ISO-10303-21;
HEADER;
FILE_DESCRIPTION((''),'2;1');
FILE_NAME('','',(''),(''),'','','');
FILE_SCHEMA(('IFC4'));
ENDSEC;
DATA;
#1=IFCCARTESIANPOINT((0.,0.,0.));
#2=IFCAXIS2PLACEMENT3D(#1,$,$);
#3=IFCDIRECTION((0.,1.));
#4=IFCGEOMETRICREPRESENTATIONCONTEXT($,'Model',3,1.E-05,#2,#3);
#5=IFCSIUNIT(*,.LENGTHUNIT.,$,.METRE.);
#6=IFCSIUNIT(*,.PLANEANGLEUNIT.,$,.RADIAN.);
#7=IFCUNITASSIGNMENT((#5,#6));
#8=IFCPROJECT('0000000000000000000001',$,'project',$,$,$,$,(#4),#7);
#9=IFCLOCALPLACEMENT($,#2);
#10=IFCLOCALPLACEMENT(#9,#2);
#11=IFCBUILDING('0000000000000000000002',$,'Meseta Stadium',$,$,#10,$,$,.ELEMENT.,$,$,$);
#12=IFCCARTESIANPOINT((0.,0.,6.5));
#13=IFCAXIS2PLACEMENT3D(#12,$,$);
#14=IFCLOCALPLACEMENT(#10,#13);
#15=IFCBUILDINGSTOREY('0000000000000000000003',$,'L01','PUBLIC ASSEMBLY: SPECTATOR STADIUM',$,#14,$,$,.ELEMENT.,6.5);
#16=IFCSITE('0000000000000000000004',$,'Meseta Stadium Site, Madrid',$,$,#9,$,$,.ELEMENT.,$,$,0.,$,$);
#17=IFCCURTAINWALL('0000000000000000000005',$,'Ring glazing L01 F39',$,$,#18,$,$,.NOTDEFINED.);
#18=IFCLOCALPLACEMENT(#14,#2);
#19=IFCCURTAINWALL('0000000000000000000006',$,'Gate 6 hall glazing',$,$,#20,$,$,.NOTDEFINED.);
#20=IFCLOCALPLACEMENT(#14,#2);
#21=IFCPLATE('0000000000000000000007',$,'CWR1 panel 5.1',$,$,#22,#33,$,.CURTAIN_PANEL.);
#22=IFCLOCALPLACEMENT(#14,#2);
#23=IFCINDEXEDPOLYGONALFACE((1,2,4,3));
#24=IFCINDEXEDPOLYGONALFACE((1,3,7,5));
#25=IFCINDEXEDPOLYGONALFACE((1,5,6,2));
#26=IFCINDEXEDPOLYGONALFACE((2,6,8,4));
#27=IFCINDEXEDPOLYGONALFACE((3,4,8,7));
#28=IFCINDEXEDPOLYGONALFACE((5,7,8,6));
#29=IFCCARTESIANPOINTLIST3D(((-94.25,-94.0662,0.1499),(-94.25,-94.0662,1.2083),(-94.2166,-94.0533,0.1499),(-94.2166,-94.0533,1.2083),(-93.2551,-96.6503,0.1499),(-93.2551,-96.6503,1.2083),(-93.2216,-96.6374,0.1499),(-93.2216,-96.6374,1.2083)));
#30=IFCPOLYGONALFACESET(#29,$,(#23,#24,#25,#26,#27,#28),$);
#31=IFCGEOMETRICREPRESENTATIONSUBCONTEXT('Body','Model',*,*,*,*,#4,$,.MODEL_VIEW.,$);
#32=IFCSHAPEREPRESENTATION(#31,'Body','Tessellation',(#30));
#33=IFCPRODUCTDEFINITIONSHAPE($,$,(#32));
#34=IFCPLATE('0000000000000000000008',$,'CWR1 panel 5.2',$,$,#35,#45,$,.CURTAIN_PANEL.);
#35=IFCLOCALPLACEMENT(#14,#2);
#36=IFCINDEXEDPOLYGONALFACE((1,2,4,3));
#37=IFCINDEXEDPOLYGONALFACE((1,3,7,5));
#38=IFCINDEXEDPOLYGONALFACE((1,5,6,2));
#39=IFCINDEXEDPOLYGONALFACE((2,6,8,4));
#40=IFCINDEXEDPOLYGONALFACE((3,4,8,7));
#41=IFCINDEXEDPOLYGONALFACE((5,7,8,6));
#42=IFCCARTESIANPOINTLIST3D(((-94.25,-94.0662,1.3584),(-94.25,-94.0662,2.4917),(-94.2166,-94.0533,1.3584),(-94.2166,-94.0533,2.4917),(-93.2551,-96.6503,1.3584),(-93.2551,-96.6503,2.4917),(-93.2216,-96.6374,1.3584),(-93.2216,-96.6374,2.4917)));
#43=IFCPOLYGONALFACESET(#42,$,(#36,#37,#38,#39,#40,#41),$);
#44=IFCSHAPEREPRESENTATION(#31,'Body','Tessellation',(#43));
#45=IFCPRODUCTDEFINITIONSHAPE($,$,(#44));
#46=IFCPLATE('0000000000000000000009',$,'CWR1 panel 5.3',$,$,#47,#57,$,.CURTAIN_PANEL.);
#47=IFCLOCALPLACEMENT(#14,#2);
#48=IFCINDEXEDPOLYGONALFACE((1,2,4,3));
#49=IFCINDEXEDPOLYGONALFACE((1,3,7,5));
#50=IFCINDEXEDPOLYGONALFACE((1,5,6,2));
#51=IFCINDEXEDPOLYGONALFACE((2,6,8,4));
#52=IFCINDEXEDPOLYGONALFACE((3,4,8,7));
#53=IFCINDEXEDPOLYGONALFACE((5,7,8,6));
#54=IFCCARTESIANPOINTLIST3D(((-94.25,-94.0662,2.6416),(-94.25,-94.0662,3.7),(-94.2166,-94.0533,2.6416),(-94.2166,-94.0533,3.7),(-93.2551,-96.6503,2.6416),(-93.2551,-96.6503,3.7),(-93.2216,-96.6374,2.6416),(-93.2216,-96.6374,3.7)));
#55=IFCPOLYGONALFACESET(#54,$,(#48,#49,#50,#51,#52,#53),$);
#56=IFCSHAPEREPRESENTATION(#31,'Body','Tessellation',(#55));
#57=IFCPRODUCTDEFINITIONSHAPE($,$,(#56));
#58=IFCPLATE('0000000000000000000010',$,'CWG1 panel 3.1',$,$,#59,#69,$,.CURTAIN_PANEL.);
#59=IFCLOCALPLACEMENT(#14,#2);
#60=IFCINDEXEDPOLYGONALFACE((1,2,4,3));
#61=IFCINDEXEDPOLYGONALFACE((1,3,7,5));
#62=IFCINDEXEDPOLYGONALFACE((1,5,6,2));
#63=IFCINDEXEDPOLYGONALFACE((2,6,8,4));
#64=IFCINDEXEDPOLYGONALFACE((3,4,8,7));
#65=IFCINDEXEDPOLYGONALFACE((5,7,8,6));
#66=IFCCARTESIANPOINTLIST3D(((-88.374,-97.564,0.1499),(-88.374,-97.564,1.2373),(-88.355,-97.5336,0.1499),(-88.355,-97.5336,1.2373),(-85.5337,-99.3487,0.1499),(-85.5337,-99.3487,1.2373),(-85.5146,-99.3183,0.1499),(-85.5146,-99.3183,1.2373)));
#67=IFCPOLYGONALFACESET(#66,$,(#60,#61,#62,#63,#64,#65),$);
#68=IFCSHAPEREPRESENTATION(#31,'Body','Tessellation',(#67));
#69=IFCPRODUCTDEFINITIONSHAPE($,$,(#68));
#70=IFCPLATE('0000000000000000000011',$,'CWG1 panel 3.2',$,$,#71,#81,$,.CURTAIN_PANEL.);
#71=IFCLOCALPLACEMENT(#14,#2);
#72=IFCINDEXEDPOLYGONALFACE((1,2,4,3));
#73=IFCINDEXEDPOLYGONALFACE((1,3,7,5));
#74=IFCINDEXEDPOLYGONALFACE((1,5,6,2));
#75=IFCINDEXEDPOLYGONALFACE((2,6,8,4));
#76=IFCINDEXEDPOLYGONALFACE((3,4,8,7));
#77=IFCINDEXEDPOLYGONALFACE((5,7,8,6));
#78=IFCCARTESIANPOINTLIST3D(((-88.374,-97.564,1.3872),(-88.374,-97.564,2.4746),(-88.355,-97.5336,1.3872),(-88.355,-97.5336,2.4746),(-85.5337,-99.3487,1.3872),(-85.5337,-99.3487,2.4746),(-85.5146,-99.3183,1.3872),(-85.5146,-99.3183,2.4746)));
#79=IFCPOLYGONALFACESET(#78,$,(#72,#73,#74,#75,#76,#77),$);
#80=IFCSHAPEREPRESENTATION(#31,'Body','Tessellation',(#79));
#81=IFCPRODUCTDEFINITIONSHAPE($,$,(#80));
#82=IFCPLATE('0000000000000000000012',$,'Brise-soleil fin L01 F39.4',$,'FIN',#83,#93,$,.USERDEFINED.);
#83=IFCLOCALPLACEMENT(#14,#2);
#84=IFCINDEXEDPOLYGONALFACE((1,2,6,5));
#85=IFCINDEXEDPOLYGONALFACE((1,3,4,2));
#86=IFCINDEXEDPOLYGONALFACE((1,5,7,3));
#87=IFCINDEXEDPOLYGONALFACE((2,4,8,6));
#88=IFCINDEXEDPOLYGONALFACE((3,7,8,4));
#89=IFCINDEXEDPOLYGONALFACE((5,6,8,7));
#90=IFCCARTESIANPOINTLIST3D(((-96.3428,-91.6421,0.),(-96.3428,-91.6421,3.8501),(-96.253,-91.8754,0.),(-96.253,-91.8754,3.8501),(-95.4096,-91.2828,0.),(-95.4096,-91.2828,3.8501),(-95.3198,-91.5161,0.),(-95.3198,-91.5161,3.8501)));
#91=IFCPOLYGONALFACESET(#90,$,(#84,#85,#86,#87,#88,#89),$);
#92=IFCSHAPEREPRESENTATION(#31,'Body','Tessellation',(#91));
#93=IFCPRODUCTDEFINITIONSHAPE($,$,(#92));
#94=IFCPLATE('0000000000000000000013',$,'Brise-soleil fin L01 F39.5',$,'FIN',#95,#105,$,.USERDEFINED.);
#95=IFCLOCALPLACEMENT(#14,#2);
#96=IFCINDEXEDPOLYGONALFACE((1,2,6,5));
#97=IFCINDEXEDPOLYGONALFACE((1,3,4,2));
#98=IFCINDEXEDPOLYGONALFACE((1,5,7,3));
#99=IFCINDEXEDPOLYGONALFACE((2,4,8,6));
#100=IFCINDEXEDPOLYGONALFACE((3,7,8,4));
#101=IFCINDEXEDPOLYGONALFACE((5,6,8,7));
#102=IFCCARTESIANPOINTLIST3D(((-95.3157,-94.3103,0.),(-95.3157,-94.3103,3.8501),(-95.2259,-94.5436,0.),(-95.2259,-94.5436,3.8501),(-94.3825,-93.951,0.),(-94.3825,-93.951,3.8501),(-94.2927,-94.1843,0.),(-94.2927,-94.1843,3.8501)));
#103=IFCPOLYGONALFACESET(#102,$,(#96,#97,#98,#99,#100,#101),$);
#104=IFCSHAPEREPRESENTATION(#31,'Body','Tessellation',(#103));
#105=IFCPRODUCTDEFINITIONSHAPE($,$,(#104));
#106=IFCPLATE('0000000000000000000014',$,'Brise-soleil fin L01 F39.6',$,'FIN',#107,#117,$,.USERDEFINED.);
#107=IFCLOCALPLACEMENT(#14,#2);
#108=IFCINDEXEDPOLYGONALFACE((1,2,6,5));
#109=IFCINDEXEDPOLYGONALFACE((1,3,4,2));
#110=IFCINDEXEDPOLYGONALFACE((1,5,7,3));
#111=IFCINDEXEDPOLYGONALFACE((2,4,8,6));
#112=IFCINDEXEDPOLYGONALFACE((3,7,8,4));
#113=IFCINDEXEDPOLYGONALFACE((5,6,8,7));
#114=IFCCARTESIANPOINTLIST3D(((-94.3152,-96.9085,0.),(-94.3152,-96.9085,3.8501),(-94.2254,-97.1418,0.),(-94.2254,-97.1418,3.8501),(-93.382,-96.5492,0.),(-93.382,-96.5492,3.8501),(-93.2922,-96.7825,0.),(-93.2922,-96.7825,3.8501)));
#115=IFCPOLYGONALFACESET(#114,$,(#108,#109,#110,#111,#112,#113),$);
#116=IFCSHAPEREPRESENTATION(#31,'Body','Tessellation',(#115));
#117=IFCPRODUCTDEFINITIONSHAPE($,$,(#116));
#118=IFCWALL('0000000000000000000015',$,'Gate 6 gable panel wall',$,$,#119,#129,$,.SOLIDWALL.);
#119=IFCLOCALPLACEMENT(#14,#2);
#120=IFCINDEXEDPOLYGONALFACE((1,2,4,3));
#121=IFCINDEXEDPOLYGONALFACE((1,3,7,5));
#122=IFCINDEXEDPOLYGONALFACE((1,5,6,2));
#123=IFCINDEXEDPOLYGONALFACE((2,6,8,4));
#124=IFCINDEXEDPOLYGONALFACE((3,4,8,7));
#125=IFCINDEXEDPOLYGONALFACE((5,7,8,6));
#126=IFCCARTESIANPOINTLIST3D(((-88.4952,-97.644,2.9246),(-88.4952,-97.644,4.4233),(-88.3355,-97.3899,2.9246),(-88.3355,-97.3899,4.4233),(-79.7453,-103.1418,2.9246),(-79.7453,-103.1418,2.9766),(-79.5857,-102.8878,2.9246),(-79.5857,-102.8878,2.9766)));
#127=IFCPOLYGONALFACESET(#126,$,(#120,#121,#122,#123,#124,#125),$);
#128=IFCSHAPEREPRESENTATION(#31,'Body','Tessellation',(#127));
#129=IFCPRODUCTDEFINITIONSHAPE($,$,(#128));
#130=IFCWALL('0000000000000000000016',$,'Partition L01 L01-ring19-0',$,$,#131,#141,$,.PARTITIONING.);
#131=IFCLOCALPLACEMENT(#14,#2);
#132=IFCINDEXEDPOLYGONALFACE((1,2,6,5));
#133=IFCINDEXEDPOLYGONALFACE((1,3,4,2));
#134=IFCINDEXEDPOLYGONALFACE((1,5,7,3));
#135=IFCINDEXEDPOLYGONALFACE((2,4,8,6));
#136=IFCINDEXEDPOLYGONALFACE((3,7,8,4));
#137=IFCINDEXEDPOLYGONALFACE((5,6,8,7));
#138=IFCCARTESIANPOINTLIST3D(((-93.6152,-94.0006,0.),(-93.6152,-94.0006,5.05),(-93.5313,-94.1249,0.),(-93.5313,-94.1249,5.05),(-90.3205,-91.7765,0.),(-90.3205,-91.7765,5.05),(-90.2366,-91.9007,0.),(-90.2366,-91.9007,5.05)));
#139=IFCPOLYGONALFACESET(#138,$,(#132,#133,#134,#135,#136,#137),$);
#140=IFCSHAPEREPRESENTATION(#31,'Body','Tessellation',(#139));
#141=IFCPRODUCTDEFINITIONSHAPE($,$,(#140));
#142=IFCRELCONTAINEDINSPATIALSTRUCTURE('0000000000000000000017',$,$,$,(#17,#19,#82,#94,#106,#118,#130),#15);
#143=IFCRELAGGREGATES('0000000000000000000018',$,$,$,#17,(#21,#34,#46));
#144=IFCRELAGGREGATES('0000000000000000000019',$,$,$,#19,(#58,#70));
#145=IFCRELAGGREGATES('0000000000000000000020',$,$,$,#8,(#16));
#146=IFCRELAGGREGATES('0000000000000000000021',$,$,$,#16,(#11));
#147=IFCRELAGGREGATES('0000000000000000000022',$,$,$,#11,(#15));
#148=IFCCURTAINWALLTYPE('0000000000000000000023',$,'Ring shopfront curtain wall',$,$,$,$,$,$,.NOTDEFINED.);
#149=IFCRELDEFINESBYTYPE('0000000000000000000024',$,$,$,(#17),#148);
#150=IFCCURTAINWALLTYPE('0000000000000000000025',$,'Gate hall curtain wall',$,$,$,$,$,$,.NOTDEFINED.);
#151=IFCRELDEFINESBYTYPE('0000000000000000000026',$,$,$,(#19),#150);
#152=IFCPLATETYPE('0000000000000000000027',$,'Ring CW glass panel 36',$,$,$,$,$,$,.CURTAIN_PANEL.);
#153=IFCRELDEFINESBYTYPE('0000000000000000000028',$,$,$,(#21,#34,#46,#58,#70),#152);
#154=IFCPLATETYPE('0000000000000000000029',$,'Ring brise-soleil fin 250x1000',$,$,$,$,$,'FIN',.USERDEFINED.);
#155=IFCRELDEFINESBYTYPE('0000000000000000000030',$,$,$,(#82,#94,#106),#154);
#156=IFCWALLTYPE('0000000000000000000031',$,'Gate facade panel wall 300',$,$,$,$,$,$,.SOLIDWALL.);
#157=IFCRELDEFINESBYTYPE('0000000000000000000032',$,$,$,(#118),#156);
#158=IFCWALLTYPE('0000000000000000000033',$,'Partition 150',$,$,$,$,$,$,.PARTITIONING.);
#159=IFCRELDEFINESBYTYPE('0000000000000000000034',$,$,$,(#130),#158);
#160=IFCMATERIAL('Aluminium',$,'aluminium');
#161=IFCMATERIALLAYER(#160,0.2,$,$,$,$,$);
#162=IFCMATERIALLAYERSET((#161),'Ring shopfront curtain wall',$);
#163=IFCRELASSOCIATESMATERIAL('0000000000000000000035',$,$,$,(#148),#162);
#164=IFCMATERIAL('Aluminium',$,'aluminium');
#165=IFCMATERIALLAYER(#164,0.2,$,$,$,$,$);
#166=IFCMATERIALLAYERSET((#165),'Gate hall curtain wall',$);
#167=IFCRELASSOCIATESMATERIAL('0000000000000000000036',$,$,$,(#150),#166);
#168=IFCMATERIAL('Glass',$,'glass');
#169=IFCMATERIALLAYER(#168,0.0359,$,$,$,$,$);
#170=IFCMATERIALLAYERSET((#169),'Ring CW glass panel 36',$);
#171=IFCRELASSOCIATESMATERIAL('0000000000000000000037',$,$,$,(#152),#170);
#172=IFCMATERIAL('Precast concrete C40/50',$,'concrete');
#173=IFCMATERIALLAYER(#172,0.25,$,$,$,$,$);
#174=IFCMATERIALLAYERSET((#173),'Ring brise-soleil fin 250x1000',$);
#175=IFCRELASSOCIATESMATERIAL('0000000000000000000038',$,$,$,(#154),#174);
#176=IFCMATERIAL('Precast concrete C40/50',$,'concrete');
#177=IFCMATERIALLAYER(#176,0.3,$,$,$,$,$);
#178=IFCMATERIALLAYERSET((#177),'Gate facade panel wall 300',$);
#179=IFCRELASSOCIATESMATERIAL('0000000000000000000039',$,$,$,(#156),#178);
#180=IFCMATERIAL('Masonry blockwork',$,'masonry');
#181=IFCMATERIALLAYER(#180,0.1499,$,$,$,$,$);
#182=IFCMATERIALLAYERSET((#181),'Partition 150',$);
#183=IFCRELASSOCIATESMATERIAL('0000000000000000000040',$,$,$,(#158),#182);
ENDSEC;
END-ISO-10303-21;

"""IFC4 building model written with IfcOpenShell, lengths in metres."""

from ifc_helpers import new_model, si_unit, direction, frame, frame_2d, origin, origin_2d, place, context, subcontext, project, spatial, polyline, rectangle, outline, extrude, material, layer, layer_set, type_object, element, aggregate, save


model = new_model("IFC4")

# Units and contexts
model_context = context("Model", 3, precision=1e-05, world=origin(), true_north=direction((0.0, 1.0)))
body_context = subcontext(model_context, "Body", "Model", "MODEL_VIEW")
ifc_project = project(units=[si_unit("LENGTHUNIT", "METRE"), si_unit("PLANEANGLEUNIT", "RADIAN")], contexts=[model_context])

# Site, building, storey
site_placement = place(None, origin())
site = spatial("IfcSite", under=ifc_project, at=site_placement, Name="Meseta Stadium Site, Madrid", CompositionType="ELEMENT", RefElevation=0.0)
building_placement = place(site_placement, origin())
building = spatial("IfcBuilding", under=site, at=building_placement, Name="Meseta Stadium", CompositionType="ELEMENT")
storey_placement = place(building_placement, frame((0.0, 0.0, 6.5)))
storey = spatial("IfcBuildingStorey", under=building, at=storey_placement, Name="L01", Description="PUBLIC ASSEMBLY: SPECTATOR STADIUM", CompositionType="ELEMENT", Elevation=6.5)

# Curtain walls
ifc_material_1 = material(Name="Aluminium", Category="aluminium")
ifc_layer_1 = layer(ifc_material_1, 0.2)
ifc_layer_set_1 = layer_set([ifc_layer_1], Name="Ring shopfront curtain wall")
curtain_wall_type_1 = type_object("IfcCurtainWallType", Name="Ring shopfront curtain wall", PredefinedType="NOTDEFINED", material=ifc_layer_set_1)
curtain_wall_1_placement = place(storey_placement, origin())
curtain_wall_1 = element("IfcCurtainWall", 1, at=curtain_wall_1_placement, inside=storey, type_object=curtain_wall_type_1, Name="Ring glazing L01 F39", PredefinedType="NOTDEFINED")
ifc_material_2 = material(Name="Aluminium", Category="aluminium")
ifc_layer_2 = layer(ifc_material_2, 0.2)
ifc_layer_set_2 = layer_set([ifc_layer_2], Name="Gate hall curtain wall")
curtain_wall_type_2 = type_object("IfcCurtainWallType", Name="Gate hall curtain wall", PredefinedType="NOTDEFINED", material=ifc_layer_set_2)
curtain_wall_2_placement = place(storey_placement, origin())
curtain_wall_2 = element("IfcCurtainWall", 2, at=curtain_wall_2_placement, inside=storey, type_object=curtain_wall_type_2, Name="Gate 6 hall glazing", PredefinedType="NOTDEFINED")

# Plates
ifc_material_3 = material(Name="Glass", Category="glass")
ifc_layer_3 = layer(ifc_material_3, 0.0359)
ifc_layer_set_3 = layer_set([ifc_layer_3], Name="Ring CW glass panel 36")
plate_type_1 = type_object("IfcPlateType", Name="Ring CW glass panel 36", PredefinedType="CURTAIN_PANEL", material=ifc_layer_set_3)
plate_1_placement = place(storey_placement, frame((-93.7358, -95.3518, 0.1499), z_axis=(0.0, 0.0, 1.0), x_axis=(0.359302, -0.933221, 0.0)))
plate_1 = element("IfcPlate", 3, at=plate_1_placement, type_object=plate_type_1, Name="CWR1 panel 5.1", PredefinedType="CURTAIN_PANEL", context=body_context, shape_type="SweptSolid", body=[
    extrude(rectangle(XDim=2.769, YDim=0.0359, at=origin_2d()), origin(), (0.0, 0.0, 1.0), 1.0583),
])
plate_2_placement = place(storey_placement, frame((-93.7358, -95.3518, 1.3584), z_axis=(0.0, 0.0, 1.0), x_axis=(0.359302, -0.933221, 0.0)))
plate_2 = element("IfcPlate", 4, at=plate_2_placement, type_object=plate_type_1, Name="CWR1 panel 5.2", PredefinedType="CURTAIN_PANEL", context=body_context, shape_type="SweptSolid", body=[
    extrude(rectangle(XDim=2.769, YDim=0.0359, at=origin_2d()), origin(), (0.0, 0.0, 1.0), 1.1333),
])
plate_3_placement = place(storey_placement, frame((-93.7358, -95.3518, 2.6416), z_axis=(0.0, 0.0, 1.0), x_axis=(0.359302, -0.933221, 0.0)))
plate_3 = element("IfcPlate", 5, at=plate_3_placement, type_object=plate_type_1, Name="CWR1 panel 5.3", PredefinedType="CURTAIN_PANEL", context=body_context, shape_type="SweptSolid", body=[
    extrude(rectangle(XDim=2.769, YDim=0.0359, at=origin_2d()), origin(), (0.0, 0.0, 1.0), 1.0583),
])
aggregate(curtain_wall_1, [plate_1, plate_2, plate_3])
plate_4_placement = place(storey_placement, frame((-86.9443, -98.4412, 0.1499), z_axis=(0.0, 0.0, 1.0), x_axis=(-0.846723, 0.532035, 0.0)))
plate_4 = element("IfcPlate", 6, at=plate_4_placement, type_object=plate_type_1, Name="CWG1 panel 3.1", PredefinedType="CURTAIN_PANEL", context=body_context, shape_type="SweptSolid", body=[
    extrude(rectangle(XDim=3.3545, YDim=0.0359, at=origin_2d()), origin(), (0.0, 0.0, 1.0), 1.0874),
])
plate_5_placement = place(storey_placement, frame((-86.9443, -98.4412, 1.3872), z_axis=(0.0, 0.0, 1.0), x_axis=(-0.846723, 0.532035, 0.0)))
plate_5 = element("IfcPlate", 7, at=plate_5_placement, type_object=plate_type_1, Name="CWG1 panel 3.2", PredefinedType="CURTAIN_PANEL", context=body_context, shape_type="SweptSolid", body=[
    extrude(rectangle(XDim=3.3545, YDim=0.0359, at=origin_2d()), origin(), (0.0, 0.0, 1.0), 1.0874),
])
aggregate(curtain_wall_2, [plate_4, plate_5])

# Plates
ifc_material_4 = material(Name="Precast concrete C40/50", Category="concrete")
ifc_layer_4 = layer(ifc_material_4, 0.25)
ifc_layer_set_4 = layer_set([ifc_layer_4], Name="Ring brise-soleil fin 250x1000")
plate_type_2 = type_object("IfcPlateType", Name="Ring brise-soleil fin 250x1000", ElementType="FIN", PredefinedType="USERDEFINED", material=ifc_layer_set_4)
for number, where, z_axis, x_axis, name in (
    (8, (-95.8313, -91.5791, 0.0), (0.0, 0.0, 1.0), (0.359298, -0.933223, 0.0), "Brise-soleil fin L01 F39.4"),
    (9, (-94.8042, -94.2473, 0.0), (0.0, 0.0, 1.0), (0.359298, -0.933223, 0.0), "Brise-soleil fin L01 F39.5"),
    (10, (-93.8037, -96.8455, 0.0), (0.0, 0.0, 1.0), (0.359298, -0.933223, 0.0), "Brise-soleil fin L01 F39.6"),
):
    element("IfcPlate", number, at=place(storey_placement, frame(where, z_axis=z_axis, x_axis=x_axis)), inside=storey, type_object=plate_type_2, Name=name, ObjectType="FIN", PredefinedType="USERDEFINED", context=body_context, shape_type="SweptSolid", body=[
        extrude(rectangle(XDim=0.25, YDim=1.0, at=origin_2d()), origin(), (0.0, 0.0, 1.0), 3.8501),
    ])

# Walls
ifc_material_5 = material(Name="Precast concrete C40/50", Category="concrete")
ifc_layer_5 = layer(ifc_material_5, 0.3)
ifc_layer_set_5 = layer_set([ifc_layer_5], Name="Gate facade panel wall 300")
wall_type_1 = type_object("IfcWallType", Name="Gate facade panel wall 300", PredefinedType="SOLIDWALL", material=ifc_layer_set_5)
wall_1_placement = place(storey_placement, frame((-88.4153, -97.5168, 2.9246), z_axis=(0.0, 0.0, 1.0), x_axis=(0.846726, -0.53203, 0.0)))
element("IfcWall", 11, at=wall_1_placement, inside=storey, type_object=wall_type_1, Name="Gate 6 gable panel wall", PredefinedType="SOLIDWALL", context=body_context, shape_type="SweptSolid", body=[
    extrude(outline(polyline([(0.0, 0.0), (10.3337, 0.0), (10.3337, 0.052), (0.0, 1.4988), (0.0, 0.0)])), frame((0.0, 0.1499, 0.0), z_axis=(0.0, -1.0, 0.0), x_axis=(1.0, 0.0, 0.0)), (0.0, 0.0, 1.0), 0.3),
])
ifc_material_6 = material(Name="Masonry blockwork", Category="masonry")
ifc_layer_6 = layer(ifc_material_6, 0.1499)
ifc_layer_set_6 = layer_set([ifc_layer_6], Name="Partition 150")
wall_type_2 = type_object("IfcWallType", Name="Partition 150", PredefinedType="PARTITIONING", material=ifc_layer_set_6)
wall_2_placement = place(storey_placement, frame((-90.2786, -91.8386, 0.0), z_axis=(0.0, 0.0, 1.0), x_axis=(-0.828824, -0.55951, 0.0)))
element("IfcWall", 12, at=wall_2_placement, inside=storey, type_object=wall_type_2, Name="Partition L01 L01-ring19-0", PredefinedType="PARTITIONING", context=body_context, shape_type="SweptSolid", body=[
    extrude(rectangle(XDim=3.9751, YDim=0.1499, at=frame_2d((1.9875, 0.0))), origin(), (0.0, 0.0, 1.0), 5.05),
])

save(model, "model.ifc")
